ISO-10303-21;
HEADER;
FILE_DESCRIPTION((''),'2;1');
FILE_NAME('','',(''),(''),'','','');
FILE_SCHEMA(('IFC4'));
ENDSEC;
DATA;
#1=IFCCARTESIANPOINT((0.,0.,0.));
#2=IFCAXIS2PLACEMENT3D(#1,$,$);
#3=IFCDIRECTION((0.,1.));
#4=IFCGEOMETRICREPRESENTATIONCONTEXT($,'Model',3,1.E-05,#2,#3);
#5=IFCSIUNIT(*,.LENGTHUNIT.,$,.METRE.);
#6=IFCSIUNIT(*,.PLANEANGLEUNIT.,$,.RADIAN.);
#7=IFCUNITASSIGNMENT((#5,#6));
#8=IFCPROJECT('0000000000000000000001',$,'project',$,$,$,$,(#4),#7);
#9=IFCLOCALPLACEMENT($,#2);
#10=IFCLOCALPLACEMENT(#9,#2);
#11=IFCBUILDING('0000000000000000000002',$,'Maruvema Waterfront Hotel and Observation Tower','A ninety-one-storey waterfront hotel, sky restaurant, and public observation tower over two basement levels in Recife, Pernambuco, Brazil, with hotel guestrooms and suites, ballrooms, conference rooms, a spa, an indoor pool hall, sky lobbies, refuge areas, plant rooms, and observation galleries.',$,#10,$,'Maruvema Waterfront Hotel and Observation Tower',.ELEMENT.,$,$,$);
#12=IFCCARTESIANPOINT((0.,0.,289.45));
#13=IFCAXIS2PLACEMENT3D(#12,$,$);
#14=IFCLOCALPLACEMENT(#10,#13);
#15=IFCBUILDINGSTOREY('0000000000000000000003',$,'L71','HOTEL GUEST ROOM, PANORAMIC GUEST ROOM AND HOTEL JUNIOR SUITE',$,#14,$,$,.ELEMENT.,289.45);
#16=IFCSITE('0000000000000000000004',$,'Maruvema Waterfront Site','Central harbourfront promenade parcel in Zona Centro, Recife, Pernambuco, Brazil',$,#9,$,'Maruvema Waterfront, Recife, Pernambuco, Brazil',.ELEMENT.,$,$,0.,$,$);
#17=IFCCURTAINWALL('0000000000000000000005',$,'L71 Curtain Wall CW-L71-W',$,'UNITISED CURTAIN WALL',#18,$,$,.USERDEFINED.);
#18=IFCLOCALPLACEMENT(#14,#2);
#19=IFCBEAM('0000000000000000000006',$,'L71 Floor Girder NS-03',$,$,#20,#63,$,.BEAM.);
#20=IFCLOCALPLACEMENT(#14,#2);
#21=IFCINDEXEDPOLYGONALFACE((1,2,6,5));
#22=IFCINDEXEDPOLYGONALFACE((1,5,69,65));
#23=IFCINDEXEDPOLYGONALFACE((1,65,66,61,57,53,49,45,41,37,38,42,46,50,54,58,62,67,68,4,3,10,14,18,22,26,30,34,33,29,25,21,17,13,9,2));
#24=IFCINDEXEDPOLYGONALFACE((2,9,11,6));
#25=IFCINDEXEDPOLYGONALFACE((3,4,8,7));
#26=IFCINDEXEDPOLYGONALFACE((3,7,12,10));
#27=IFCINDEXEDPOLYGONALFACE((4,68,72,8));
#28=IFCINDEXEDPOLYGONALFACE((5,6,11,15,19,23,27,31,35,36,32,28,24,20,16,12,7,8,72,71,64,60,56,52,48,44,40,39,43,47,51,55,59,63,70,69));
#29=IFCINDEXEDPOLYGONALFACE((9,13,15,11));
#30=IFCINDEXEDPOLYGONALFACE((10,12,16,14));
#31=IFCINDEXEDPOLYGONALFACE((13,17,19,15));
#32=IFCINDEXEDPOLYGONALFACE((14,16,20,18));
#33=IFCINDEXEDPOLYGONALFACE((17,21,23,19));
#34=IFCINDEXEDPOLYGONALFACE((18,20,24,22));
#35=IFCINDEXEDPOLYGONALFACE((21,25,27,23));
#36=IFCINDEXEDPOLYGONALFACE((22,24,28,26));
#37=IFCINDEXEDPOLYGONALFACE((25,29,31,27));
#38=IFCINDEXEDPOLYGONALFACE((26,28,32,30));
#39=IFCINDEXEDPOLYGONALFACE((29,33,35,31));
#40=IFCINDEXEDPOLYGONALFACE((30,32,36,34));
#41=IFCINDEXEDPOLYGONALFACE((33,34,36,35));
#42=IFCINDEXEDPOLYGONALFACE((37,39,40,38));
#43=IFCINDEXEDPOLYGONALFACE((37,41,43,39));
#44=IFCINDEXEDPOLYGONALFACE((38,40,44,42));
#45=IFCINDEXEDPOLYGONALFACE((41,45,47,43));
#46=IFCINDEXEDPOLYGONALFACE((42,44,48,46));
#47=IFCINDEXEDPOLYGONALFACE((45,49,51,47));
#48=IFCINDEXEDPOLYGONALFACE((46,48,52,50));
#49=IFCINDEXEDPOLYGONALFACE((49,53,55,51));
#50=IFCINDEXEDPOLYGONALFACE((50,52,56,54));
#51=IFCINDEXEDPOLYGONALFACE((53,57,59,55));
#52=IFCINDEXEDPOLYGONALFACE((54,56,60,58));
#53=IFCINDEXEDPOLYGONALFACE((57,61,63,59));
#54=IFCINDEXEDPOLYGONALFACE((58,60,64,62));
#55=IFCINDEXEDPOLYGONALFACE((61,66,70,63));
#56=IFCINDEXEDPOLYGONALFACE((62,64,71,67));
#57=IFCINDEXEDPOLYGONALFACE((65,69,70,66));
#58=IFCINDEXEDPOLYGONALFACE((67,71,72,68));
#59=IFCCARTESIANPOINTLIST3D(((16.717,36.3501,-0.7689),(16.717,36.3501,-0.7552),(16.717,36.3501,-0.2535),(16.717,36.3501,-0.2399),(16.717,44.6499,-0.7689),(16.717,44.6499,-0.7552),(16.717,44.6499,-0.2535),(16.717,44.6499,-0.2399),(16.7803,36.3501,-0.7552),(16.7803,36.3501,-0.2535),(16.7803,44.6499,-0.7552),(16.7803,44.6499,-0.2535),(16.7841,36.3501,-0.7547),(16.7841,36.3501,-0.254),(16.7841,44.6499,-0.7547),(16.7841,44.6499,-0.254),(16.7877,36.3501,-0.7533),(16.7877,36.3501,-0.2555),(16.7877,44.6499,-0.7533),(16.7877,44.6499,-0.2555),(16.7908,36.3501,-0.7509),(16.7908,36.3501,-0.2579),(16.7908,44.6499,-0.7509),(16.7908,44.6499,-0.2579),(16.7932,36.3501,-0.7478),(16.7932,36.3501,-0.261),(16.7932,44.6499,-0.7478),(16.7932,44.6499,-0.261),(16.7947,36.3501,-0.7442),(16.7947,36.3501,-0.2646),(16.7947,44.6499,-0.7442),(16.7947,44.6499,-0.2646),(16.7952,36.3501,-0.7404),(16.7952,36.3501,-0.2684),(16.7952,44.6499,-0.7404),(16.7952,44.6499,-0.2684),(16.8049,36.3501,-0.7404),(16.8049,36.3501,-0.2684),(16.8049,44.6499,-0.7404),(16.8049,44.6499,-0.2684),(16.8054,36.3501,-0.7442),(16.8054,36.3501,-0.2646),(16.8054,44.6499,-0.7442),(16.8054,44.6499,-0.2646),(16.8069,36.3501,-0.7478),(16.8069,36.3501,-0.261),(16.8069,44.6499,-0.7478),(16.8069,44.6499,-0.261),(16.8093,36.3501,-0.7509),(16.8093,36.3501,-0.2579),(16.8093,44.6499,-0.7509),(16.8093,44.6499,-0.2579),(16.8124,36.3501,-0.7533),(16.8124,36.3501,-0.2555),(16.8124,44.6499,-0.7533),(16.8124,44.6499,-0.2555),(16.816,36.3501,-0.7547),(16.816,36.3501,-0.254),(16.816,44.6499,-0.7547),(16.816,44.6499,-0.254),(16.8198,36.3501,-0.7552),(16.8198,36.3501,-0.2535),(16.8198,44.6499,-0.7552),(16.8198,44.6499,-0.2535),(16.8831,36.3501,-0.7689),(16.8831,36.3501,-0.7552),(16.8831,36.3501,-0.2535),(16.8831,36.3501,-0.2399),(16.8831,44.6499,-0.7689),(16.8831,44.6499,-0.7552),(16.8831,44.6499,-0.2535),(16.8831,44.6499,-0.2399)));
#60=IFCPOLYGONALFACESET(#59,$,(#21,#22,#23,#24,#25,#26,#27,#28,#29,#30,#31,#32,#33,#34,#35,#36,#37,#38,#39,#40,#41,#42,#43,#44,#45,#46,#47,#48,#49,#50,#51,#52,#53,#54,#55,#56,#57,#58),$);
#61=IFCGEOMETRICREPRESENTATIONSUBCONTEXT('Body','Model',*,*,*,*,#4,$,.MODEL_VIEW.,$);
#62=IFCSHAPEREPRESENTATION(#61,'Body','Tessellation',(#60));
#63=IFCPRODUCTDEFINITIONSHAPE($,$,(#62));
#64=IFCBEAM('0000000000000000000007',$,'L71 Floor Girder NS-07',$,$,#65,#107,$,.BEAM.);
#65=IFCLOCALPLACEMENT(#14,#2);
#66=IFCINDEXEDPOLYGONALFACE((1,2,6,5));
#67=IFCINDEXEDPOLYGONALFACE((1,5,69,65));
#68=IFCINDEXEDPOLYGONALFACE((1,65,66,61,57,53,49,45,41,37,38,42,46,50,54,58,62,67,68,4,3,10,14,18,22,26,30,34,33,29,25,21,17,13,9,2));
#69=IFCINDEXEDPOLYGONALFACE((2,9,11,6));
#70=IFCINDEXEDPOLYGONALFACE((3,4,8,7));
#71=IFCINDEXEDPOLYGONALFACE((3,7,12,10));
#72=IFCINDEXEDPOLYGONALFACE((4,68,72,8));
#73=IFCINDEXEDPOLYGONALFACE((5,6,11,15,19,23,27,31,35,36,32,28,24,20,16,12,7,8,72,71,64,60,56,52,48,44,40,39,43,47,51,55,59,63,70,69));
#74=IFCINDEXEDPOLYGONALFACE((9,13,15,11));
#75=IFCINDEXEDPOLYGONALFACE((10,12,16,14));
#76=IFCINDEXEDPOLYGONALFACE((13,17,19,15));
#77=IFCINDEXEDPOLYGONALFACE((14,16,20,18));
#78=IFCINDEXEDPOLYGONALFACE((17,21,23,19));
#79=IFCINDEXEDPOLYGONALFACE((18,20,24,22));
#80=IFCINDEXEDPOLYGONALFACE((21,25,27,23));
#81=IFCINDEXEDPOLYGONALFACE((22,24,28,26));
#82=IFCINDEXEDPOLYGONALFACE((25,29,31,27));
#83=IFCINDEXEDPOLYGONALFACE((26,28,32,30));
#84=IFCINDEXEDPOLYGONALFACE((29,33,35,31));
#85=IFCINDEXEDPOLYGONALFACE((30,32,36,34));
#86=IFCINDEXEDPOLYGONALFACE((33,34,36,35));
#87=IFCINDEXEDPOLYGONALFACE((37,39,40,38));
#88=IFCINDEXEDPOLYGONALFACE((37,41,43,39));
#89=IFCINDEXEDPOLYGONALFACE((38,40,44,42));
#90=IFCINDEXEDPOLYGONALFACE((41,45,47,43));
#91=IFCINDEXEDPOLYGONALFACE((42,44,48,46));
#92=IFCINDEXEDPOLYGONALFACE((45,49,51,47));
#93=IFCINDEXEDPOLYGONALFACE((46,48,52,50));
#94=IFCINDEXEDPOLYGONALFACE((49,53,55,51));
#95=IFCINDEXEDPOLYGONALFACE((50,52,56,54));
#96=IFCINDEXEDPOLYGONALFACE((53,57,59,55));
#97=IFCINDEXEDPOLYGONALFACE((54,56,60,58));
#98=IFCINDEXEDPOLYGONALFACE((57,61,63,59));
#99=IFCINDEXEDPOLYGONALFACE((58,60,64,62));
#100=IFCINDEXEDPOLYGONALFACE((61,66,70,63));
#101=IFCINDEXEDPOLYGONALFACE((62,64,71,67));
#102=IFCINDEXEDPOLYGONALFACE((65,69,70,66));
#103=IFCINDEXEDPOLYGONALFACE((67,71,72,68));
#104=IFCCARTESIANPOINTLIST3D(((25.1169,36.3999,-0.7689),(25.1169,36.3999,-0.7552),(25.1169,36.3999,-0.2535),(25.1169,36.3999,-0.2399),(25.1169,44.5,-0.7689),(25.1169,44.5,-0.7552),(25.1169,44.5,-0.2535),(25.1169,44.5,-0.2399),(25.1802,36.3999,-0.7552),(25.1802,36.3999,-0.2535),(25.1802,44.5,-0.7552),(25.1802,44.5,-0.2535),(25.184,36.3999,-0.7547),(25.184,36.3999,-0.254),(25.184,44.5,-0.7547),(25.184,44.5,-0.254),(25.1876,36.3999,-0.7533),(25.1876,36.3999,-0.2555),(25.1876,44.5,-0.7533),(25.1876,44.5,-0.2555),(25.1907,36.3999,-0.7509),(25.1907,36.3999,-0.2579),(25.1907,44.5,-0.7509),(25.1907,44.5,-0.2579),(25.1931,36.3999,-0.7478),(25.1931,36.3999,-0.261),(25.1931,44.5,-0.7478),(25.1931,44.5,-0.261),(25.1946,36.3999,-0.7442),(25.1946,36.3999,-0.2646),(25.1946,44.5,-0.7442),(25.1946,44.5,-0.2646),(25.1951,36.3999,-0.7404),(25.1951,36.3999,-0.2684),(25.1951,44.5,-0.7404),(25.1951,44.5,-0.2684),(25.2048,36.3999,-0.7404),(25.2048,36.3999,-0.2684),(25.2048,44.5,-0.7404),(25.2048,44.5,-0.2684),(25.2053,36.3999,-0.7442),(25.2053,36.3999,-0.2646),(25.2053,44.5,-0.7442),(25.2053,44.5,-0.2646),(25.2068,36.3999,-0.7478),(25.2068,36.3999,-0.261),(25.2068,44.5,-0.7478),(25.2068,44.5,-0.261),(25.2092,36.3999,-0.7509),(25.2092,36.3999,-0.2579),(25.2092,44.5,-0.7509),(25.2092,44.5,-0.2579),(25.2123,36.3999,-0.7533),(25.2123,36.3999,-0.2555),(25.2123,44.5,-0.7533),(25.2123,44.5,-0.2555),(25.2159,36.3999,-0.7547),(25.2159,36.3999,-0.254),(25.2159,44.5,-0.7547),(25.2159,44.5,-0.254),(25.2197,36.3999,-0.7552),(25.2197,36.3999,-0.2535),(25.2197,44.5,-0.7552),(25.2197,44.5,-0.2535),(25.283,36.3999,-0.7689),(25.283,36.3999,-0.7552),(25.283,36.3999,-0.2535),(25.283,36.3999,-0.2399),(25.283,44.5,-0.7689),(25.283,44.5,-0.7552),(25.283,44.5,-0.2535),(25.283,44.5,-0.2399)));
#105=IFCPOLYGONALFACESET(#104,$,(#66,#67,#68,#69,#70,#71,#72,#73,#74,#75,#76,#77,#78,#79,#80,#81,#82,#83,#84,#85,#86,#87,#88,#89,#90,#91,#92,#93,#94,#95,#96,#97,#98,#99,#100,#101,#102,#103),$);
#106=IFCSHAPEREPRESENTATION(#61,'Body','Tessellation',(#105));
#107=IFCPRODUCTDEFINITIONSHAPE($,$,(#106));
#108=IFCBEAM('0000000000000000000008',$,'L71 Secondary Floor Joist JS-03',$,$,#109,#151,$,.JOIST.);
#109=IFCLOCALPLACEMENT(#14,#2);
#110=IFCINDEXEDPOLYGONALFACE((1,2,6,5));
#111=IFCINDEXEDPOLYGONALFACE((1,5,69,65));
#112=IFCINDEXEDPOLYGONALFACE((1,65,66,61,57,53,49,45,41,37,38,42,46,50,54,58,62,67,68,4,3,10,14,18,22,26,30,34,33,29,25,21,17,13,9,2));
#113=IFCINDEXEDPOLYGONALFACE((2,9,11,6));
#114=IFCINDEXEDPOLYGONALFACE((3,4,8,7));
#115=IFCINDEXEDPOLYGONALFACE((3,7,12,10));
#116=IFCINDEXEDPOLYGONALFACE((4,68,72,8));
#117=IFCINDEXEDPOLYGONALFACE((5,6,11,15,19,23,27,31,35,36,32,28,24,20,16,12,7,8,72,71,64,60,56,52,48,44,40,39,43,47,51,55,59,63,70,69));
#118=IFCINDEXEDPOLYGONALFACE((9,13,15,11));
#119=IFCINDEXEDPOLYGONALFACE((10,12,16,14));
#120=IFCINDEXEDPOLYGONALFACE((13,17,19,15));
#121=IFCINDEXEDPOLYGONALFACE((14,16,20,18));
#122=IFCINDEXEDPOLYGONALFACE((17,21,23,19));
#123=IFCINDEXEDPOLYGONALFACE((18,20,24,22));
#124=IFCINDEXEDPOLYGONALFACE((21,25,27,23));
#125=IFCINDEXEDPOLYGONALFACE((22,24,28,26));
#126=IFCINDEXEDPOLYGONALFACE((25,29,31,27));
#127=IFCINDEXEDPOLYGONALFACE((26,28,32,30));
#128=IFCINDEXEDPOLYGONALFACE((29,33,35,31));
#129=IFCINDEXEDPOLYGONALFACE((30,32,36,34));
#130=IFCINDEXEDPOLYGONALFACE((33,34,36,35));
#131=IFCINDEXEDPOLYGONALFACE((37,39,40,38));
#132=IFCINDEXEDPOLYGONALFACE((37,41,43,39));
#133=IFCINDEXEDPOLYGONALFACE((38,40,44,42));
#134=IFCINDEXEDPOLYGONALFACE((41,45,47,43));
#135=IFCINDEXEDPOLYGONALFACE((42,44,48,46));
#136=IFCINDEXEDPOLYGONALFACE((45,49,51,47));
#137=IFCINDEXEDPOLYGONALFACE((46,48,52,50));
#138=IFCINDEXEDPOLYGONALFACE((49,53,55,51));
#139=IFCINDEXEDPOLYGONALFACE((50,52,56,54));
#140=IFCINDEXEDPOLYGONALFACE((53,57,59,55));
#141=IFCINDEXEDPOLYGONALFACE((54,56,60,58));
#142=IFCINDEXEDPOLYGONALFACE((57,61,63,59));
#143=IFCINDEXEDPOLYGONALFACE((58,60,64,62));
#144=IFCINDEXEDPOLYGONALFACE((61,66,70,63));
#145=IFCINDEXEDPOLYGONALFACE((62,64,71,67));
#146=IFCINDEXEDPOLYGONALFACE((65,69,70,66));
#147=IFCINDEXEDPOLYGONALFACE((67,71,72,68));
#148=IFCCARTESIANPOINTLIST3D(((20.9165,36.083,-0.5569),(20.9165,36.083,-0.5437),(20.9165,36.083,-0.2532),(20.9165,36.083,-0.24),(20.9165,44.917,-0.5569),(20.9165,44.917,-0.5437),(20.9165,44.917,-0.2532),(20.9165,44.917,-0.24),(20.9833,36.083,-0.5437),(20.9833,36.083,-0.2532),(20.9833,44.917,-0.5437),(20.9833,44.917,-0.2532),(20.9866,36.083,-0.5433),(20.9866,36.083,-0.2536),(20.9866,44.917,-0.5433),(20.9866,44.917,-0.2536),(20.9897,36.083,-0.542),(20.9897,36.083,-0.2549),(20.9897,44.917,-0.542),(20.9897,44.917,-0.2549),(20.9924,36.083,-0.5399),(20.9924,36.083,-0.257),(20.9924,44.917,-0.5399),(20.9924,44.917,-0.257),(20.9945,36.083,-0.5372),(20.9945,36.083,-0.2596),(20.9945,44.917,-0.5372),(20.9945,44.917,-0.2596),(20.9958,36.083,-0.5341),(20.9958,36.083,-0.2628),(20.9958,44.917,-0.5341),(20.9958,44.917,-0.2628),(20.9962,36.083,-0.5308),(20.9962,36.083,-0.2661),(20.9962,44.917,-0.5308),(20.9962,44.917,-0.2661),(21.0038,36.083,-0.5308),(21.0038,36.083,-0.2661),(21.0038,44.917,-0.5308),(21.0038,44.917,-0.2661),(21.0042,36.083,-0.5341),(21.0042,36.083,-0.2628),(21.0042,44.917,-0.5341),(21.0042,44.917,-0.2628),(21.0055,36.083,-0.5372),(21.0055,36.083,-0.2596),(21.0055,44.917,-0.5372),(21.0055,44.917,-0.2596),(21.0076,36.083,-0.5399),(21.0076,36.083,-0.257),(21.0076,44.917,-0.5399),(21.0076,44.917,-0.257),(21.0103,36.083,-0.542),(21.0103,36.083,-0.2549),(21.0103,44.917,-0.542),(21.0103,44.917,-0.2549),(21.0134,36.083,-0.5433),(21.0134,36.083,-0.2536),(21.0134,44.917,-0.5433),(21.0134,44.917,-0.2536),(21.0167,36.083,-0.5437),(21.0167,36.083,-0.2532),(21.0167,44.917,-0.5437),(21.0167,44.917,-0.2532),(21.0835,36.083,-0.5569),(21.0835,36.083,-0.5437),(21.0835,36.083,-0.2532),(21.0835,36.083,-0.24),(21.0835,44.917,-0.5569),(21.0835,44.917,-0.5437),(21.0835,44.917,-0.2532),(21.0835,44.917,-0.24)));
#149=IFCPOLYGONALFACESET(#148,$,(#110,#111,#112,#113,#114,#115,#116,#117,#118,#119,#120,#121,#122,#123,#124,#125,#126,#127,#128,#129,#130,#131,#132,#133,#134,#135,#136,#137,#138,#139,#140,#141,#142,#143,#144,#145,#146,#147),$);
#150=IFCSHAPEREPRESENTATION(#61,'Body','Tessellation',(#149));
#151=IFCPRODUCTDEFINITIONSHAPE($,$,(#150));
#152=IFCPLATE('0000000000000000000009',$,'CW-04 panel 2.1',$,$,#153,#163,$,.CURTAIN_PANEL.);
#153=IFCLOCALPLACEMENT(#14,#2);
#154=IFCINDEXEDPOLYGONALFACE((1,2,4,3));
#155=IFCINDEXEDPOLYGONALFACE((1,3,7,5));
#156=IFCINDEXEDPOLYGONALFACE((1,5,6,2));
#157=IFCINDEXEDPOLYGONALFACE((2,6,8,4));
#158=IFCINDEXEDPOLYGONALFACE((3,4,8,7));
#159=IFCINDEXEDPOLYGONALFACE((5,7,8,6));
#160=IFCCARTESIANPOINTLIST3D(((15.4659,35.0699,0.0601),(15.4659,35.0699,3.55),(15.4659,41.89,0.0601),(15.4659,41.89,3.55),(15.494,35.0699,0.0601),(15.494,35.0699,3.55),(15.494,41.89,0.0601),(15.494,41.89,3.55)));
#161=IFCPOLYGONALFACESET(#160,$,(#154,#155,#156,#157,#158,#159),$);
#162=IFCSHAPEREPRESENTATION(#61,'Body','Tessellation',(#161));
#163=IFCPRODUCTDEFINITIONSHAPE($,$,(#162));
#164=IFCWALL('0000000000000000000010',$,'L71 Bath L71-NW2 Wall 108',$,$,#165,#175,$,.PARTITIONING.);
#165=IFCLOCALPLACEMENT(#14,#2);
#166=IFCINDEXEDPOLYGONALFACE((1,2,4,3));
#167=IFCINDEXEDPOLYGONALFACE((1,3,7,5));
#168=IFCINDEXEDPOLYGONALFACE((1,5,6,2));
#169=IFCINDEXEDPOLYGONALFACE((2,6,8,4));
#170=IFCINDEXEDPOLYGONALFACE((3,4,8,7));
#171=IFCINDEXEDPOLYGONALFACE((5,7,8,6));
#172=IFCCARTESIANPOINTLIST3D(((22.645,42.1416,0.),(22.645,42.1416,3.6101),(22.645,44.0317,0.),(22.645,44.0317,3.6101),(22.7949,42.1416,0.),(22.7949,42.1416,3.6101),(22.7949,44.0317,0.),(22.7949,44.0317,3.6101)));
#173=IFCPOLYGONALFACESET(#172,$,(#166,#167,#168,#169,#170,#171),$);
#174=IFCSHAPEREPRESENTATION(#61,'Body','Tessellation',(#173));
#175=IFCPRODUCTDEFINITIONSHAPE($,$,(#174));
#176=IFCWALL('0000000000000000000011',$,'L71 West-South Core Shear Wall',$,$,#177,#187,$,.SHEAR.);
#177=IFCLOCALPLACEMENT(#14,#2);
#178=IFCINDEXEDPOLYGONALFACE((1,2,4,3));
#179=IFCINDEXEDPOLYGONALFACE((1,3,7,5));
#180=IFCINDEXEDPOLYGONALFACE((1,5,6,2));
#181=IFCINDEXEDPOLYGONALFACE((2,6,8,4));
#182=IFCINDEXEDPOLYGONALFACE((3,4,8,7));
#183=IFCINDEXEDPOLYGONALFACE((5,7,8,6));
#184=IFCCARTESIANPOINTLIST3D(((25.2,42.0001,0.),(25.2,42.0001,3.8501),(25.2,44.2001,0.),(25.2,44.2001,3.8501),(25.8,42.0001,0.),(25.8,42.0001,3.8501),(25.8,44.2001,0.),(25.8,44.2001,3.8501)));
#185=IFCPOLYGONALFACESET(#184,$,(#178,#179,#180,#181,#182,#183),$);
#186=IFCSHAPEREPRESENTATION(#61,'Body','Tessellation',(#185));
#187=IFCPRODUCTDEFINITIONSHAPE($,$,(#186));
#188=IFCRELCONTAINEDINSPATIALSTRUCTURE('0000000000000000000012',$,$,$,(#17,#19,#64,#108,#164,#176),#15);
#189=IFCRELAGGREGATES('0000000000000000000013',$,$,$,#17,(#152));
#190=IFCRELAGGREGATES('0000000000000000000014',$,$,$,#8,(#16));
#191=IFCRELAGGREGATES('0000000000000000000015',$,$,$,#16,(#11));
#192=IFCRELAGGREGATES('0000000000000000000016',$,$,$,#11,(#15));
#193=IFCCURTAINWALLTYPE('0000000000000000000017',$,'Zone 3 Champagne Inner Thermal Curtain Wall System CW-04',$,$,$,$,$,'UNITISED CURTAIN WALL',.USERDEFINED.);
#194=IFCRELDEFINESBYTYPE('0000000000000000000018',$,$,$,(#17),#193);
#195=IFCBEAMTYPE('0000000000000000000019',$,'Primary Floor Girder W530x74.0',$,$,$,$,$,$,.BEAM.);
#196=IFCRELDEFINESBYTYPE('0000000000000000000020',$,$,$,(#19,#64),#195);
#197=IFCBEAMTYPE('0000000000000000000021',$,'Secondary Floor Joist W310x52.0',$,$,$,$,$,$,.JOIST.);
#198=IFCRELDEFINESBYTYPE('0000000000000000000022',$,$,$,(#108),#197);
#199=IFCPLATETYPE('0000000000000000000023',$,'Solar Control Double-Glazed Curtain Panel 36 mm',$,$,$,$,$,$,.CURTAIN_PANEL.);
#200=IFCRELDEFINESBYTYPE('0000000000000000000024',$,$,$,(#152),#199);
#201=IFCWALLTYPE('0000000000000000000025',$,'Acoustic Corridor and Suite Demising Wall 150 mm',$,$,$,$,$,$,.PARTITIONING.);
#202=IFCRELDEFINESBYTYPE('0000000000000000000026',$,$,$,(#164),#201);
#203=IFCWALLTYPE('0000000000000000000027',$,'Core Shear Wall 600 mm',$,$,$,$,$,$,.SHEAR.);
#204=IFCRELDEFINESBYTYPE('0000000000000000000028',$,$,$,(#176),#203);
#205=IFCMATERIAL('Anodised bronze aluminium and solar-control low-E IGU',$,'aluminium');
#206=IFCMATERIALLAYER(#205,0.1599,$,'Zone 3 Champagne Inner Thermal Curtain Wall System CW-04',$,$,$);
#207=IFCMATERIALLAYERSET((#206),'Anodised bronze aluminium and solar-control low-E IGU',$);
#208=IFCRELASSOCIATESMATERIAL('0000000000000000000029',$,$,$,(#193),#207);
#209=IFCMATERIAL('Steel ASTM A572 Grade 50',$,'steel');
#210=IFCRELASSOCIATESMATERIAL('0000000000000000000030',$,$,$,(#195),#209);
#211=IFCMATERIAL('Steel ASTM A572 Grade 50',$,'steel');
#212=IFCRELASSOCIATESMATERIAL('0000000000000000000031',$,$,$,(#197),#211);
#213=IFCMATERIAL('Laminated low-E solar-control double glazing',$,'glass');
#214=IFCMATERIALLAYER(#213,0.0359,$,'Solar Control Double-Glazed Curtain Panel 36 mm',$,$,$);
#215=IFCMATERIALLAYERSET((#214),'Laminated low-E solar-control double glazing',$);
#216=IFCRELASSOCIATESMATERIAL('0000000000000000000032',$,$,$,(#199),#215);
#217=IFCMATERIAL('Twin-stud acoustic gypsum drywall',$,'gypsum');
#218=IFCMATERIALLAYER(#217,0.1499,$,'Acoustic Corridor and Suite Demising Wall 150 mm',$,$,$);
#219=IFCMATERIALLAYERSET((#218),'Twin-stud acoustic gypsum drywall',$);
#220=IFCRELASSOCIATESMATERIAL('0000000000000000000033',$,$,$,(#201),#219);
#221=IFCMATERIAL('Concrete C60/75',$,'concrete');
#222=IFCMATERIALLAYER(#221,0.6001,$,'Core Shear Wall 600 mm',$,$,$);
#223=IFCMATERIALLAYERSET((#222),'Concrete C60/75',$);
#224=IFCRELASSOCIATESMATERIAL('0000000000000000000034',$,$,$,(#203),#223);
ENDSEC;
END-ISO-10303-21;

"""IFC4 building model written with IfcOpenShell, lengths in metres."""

from ifc_helpers import new_model, si_unit, direction, frame, frame_2d, origin, origin_2d, place, context, subcontext, project, spatial, rectangle, i_section, extrude, material, layer, layer_set, material_profile, profile_set, type_object, element, aggregate, save


model = new_model("IFC4")

# Units and contexts
model_context = context("Model", 3, precision=1e-05, world=origin(), true_north=direction((0.0, 1.0)))
body_context = subcontext(model_context, "Body", "Model", "MODEL_VIEW")
ifc_project = project(units=[si_unit("LENGTHUNIT", "METRE"), si_unit("PLANEANGLEUNIT", "RADIAN")], contexts=[model_context])

# Site, building, storey
site_placement = place(None, origin())
site = spatial("IfcSite", under=ifc_project, at=site_placement, Name="Maruvema Waterfront Site", Description="Central harbourfront promenade parcel in Zona Centro, Recife, Pernambuco, Brazil", LongName="Maruvema Waterfront, Recife, Pernambuco, Brazil", CompositionType="ELEMENT", RefElevation=0.0)
building_placement = place(site_placement, origin())
building = spatial("IfcBuilding", under=site, at=building_placement, Name="Maruvema Waterfront Hotel and Observation Tower", Description="A ninety-one-storey waterfront hotel, sky restaurant, and public observation tower over two basement levels in Recife, Pernambuco, Brazil, with hotel guestrooms and suites, ballrooms, conference rooms, a spa, an indoor pool hall, sky lobbies, refuge areas, plant rooms, and observation galleries.", LongName="Maruvema Waterfront Hotel and Observation Tower", CompositionType="ELEMENT")
storey_placement = place(building_placement, frame((0.0, 0.0, 289.45)))
storey = spatial("IfcBuildingStorey", under=building, at=storey_placement, Name="L71", Description="HOTEL GUEST ROOM, PANORAMIC GUEST ROOM AND HOTEL JUNIOR SUITE", CompositionType="ELEMENT", Elevation=289.45)

# Curtain wall
ifc_material_1 = material(Name="Anodised bronze aluminium and solar-control low-E IGU", Category="aluminium")
ifc_layer_1 = layer(ifc_material_1, 0.1599, Name="Zone 3 Champagne Inner Thermal Curtain Wall System CW-04")
ifc_layer_set_1 = layer_set([ifc_layer_1], Name="Anodised bronze aluminium and solar-control low-E IGU")
curtain_wall_type = type_object("IfcCurtainWallType", Name="Zone 3 Champagne Inner Thermal Curtain Wall System CW-04", ElementType="UNITISED CURTAIN WALL", PredefinedType="USERDEFINED", material=ifc_layer_set_1)
curtain_wall_placement = place(storey_placement, origin())
curtain_wall = element("IfcCurtainWall", 1, at=curtain_wall_placement, inside=storey, type_object=curtain_wall_type, Name="L71 Curtain Wall CW-L71-W", ObjectType="UNITISED CURTAIN WALL", PredefinedType="USERDEFINED")

# Beams
ifc_material_2 = material(Name="Steel ASTM A572 Grade 50", Category="steel")
ifc_material_profile_1 = material_profile(ifc_material_2, i_section(OverallWidth=0.166, OverallDepth=0.5291, WebThickness=0.0098, FlangeThickness=0.0137, FilletRadius=0.0149, at=origin_2d()), Name="W530x74.0")
ifc_profile_set_1 = profile_set([ifc_material_profile_1], Name="Steel ASTM A572 Grade 50")
beam_type_1 = type_object("IfcBeamType", Name="Primary Floor Girder W530x74.0", PredefinedType="BEAM", material=ifc_profile_set_1)
beam_1_placement = place(storey_placement, frame((16.8, 36.3501, -0.5044), z_axis=(0.0, 1.0, 0.0), x_axis=(-1.0, 0.0, 0.0)))
element("IfcBeam", 2, at=beam_1_placement, inside=storey, type_object=beam_type_1, Name="L71 Floor Girder NS-03", PredefinedType="BEAM", context=body_context, shape_type="SweptSolid", body=[
    extrude(i_section(OverallWidth=0.166, OverallDepth=0.5291, WebThickness=0.0098, FlangeThickness=0.0137, FilletRadius=0.0149, at=origin_2d()), origin(), (0.0, 0.0, 1.0), 8.2998),
])
beam_2_placement = place(storey_placement, frame((25.2, 36.3999, -0.5044), z_axis=(0.0, 1.0, 0.0), x_axis=(-1.0, 0.0, 0.0)))
element("IfcBeam", 3, at=beam_2_placement, inside=storey, type_object=beam_type_1, Name="L71 Floor Girder NS-07", PredefinedType="BEAM", context=body_context, shape_type="SweptSolid", body=[
    extrude(i_section(OverallWidth=0.166, OverallDepth=0.5291, WebThickness=0.0098, FlangeThickness=0.0137, FilletRadius=0.0149, at=origin_2d()), origin(), (0.0, 0.0, 1.0), 8.1001),
])
ifc_material_3 = material(Name="Steel ASTM A572 Grade 50", Category="steel")
ifc_material_profile_2 = material_profile(ifc_material_3, i_section(OverallWidth=0.167, OverallDepth=0.3169, WebThickness=0.0076, FlangeThickness=0.0132, FilletRadius=0.0129, at=origin_2d()), Name="W310x52.0")
ifc_profile_set_2 = profile_set([ifc_material_profile_2], Name="Steel ASTM A572 Grade 50")
beam_type_2 = type_object("IfcBeamType", Name="Secondary Floor Joist W310x52.0", PredefinedType="JOIST", material=ifc_profile_set_2)
beam_3_placement = place(storey_placement, frame((21.0, 36.083, -0.3984), z_axis=(0.0, 1.0, 0.0), x_axis=(-1.0, 0.0, 0.0)))
element("IfcBeam", 4, at=beam_3_placement, inside=storey, type_object=beam_type_2, Name="L71 Secondary Floor Joist JS-03", PredefinedType="JOIST", context=body_context, shape_type="SweptSolid", body=[
    extrude(i_section(OverallWidth=0.167, OverallDepth=0.3169, WebThickness=0.0076, FlangeThickness=0.0132, FilletRadius=0.0129, at=origin_2d()), origin(), (0.0, 0.0, 1.0), 8.834),
])

# Plate
ifc_material_4 = material(Name="Laminated low-E solar-control double glazing", Category="glass")
ifc_layer_2 = layer(ifc_material_4, 0.0359, Name="Solar Control Double-Glazed Curtain Panel 36 mm")
ifc_layer_set_2 = layer_set([ifc_layer_2], Name="Laminated low-E solar-control double glazing")
plate_type = type_object("IfcPlateType", Name="Solar Control Double-Glazed Curtain Panel 36 mm", PredefinedType="CURTAIN_PANEL", material=ifc_layer_set_2)
plate_placement = place(storey_placement, frame((15.48, 38.48, 0.0601), z_axis=(0.0, 0.0, 1.0), x_axis=(0.0, -1.0, 0.0)))
plate = element("IfcPlate", 5, at=plate_placement, type_object=plate_type, Name="CW-04 panel 2.1", PredefinedType="CURTAIN_PANEL", context=body_context, shape_type="SweptSolid", body=[
    extrude(rectangle(XDim=6.8201, YDim=0.0281, at=origin_2d()), origin(), (0.0, 0.0, 1.0), 3.49),
])
aggregate(curtain_wall, [plate])

# Shared definitions
ifc_material_5 = material(Name="Twin-stud acoustic gypsum drywall", Category="gypsum")
ifc_layer_3 = layer(ifc_material_5, 0.1499, Name="Acoustic Corridor and Suite Demising Wall 150 mm")
ifc_layer_set_3 = layer_set([ifc_layer_3], Name="Twin-stud acoustic gypsum drywall")
wall_type_1 = type_object("IfcWallType", Name="Acoustic Corridor and Suite Demising Wall 150 mm", PredefinedType="PARTITIONING", material=ifc_layer_set_3)

# Wall
wall_1_placement = place(storey_placement, frame((22.72, 42.1416, 0.0), z_axis=(0.0, 0.0, 1.0), x_axis=(0.0, 1.0, 0.0)))
element("IfcWall", 6, at=wall_1_placement, inside=storey, type_object=wall_type_1, Name="L71 Bath L71-NW2 Wall 108", PredefinedType="PARTITIONING", context=body_context, shape_type="SweptSolid", body=[
    extrude(rectangle(XDim=1.8901, YDim=0.1499, at=frame_2d((0.9451, 0.0))), origin(), (0.0, 0.0, 1.0), 3.6101),
])

# Shared definitions
ifc_material_6 = material(Name="Concrete C60/75", Category="concrete")
ifc_layer_4 = layer(ifc_material_6, 0.6001, Name="Core Shear Wall 600 mm")
ifc_layer_set_4 = layer_set([ifc_layer_4], Name="Concrete C60/75")
wall_type_2 = type_object("IfcWallType", Name="Core Shear Wall 600 mm", PredefinedType="SHEAR", material=ifc_layer_set_4)

# Wall
wall_2_placement = place(storey_placement, frame((25.5, 42.0, 0.0), z_axis=(0.0, 0.0, 1.0), x_axis=(0.0, 1.0, 0.0)))
element("IfcWall", 7, at=wall_2_placement, inside=storey, type_object=wall_type_2, Name="L71 West-South Core Shear Wall", PredefinedType="SHEAR", context=body_context, shape_type="SweptSolid", body=[
    extrude(rectangle(XDim=2.2, YDim=0.6001, at=frame_2d((1.1001, 0.0))), origin(), (0.0, 0.0, 1.0), 3.8501),
])

save(model, "model.ifc")
